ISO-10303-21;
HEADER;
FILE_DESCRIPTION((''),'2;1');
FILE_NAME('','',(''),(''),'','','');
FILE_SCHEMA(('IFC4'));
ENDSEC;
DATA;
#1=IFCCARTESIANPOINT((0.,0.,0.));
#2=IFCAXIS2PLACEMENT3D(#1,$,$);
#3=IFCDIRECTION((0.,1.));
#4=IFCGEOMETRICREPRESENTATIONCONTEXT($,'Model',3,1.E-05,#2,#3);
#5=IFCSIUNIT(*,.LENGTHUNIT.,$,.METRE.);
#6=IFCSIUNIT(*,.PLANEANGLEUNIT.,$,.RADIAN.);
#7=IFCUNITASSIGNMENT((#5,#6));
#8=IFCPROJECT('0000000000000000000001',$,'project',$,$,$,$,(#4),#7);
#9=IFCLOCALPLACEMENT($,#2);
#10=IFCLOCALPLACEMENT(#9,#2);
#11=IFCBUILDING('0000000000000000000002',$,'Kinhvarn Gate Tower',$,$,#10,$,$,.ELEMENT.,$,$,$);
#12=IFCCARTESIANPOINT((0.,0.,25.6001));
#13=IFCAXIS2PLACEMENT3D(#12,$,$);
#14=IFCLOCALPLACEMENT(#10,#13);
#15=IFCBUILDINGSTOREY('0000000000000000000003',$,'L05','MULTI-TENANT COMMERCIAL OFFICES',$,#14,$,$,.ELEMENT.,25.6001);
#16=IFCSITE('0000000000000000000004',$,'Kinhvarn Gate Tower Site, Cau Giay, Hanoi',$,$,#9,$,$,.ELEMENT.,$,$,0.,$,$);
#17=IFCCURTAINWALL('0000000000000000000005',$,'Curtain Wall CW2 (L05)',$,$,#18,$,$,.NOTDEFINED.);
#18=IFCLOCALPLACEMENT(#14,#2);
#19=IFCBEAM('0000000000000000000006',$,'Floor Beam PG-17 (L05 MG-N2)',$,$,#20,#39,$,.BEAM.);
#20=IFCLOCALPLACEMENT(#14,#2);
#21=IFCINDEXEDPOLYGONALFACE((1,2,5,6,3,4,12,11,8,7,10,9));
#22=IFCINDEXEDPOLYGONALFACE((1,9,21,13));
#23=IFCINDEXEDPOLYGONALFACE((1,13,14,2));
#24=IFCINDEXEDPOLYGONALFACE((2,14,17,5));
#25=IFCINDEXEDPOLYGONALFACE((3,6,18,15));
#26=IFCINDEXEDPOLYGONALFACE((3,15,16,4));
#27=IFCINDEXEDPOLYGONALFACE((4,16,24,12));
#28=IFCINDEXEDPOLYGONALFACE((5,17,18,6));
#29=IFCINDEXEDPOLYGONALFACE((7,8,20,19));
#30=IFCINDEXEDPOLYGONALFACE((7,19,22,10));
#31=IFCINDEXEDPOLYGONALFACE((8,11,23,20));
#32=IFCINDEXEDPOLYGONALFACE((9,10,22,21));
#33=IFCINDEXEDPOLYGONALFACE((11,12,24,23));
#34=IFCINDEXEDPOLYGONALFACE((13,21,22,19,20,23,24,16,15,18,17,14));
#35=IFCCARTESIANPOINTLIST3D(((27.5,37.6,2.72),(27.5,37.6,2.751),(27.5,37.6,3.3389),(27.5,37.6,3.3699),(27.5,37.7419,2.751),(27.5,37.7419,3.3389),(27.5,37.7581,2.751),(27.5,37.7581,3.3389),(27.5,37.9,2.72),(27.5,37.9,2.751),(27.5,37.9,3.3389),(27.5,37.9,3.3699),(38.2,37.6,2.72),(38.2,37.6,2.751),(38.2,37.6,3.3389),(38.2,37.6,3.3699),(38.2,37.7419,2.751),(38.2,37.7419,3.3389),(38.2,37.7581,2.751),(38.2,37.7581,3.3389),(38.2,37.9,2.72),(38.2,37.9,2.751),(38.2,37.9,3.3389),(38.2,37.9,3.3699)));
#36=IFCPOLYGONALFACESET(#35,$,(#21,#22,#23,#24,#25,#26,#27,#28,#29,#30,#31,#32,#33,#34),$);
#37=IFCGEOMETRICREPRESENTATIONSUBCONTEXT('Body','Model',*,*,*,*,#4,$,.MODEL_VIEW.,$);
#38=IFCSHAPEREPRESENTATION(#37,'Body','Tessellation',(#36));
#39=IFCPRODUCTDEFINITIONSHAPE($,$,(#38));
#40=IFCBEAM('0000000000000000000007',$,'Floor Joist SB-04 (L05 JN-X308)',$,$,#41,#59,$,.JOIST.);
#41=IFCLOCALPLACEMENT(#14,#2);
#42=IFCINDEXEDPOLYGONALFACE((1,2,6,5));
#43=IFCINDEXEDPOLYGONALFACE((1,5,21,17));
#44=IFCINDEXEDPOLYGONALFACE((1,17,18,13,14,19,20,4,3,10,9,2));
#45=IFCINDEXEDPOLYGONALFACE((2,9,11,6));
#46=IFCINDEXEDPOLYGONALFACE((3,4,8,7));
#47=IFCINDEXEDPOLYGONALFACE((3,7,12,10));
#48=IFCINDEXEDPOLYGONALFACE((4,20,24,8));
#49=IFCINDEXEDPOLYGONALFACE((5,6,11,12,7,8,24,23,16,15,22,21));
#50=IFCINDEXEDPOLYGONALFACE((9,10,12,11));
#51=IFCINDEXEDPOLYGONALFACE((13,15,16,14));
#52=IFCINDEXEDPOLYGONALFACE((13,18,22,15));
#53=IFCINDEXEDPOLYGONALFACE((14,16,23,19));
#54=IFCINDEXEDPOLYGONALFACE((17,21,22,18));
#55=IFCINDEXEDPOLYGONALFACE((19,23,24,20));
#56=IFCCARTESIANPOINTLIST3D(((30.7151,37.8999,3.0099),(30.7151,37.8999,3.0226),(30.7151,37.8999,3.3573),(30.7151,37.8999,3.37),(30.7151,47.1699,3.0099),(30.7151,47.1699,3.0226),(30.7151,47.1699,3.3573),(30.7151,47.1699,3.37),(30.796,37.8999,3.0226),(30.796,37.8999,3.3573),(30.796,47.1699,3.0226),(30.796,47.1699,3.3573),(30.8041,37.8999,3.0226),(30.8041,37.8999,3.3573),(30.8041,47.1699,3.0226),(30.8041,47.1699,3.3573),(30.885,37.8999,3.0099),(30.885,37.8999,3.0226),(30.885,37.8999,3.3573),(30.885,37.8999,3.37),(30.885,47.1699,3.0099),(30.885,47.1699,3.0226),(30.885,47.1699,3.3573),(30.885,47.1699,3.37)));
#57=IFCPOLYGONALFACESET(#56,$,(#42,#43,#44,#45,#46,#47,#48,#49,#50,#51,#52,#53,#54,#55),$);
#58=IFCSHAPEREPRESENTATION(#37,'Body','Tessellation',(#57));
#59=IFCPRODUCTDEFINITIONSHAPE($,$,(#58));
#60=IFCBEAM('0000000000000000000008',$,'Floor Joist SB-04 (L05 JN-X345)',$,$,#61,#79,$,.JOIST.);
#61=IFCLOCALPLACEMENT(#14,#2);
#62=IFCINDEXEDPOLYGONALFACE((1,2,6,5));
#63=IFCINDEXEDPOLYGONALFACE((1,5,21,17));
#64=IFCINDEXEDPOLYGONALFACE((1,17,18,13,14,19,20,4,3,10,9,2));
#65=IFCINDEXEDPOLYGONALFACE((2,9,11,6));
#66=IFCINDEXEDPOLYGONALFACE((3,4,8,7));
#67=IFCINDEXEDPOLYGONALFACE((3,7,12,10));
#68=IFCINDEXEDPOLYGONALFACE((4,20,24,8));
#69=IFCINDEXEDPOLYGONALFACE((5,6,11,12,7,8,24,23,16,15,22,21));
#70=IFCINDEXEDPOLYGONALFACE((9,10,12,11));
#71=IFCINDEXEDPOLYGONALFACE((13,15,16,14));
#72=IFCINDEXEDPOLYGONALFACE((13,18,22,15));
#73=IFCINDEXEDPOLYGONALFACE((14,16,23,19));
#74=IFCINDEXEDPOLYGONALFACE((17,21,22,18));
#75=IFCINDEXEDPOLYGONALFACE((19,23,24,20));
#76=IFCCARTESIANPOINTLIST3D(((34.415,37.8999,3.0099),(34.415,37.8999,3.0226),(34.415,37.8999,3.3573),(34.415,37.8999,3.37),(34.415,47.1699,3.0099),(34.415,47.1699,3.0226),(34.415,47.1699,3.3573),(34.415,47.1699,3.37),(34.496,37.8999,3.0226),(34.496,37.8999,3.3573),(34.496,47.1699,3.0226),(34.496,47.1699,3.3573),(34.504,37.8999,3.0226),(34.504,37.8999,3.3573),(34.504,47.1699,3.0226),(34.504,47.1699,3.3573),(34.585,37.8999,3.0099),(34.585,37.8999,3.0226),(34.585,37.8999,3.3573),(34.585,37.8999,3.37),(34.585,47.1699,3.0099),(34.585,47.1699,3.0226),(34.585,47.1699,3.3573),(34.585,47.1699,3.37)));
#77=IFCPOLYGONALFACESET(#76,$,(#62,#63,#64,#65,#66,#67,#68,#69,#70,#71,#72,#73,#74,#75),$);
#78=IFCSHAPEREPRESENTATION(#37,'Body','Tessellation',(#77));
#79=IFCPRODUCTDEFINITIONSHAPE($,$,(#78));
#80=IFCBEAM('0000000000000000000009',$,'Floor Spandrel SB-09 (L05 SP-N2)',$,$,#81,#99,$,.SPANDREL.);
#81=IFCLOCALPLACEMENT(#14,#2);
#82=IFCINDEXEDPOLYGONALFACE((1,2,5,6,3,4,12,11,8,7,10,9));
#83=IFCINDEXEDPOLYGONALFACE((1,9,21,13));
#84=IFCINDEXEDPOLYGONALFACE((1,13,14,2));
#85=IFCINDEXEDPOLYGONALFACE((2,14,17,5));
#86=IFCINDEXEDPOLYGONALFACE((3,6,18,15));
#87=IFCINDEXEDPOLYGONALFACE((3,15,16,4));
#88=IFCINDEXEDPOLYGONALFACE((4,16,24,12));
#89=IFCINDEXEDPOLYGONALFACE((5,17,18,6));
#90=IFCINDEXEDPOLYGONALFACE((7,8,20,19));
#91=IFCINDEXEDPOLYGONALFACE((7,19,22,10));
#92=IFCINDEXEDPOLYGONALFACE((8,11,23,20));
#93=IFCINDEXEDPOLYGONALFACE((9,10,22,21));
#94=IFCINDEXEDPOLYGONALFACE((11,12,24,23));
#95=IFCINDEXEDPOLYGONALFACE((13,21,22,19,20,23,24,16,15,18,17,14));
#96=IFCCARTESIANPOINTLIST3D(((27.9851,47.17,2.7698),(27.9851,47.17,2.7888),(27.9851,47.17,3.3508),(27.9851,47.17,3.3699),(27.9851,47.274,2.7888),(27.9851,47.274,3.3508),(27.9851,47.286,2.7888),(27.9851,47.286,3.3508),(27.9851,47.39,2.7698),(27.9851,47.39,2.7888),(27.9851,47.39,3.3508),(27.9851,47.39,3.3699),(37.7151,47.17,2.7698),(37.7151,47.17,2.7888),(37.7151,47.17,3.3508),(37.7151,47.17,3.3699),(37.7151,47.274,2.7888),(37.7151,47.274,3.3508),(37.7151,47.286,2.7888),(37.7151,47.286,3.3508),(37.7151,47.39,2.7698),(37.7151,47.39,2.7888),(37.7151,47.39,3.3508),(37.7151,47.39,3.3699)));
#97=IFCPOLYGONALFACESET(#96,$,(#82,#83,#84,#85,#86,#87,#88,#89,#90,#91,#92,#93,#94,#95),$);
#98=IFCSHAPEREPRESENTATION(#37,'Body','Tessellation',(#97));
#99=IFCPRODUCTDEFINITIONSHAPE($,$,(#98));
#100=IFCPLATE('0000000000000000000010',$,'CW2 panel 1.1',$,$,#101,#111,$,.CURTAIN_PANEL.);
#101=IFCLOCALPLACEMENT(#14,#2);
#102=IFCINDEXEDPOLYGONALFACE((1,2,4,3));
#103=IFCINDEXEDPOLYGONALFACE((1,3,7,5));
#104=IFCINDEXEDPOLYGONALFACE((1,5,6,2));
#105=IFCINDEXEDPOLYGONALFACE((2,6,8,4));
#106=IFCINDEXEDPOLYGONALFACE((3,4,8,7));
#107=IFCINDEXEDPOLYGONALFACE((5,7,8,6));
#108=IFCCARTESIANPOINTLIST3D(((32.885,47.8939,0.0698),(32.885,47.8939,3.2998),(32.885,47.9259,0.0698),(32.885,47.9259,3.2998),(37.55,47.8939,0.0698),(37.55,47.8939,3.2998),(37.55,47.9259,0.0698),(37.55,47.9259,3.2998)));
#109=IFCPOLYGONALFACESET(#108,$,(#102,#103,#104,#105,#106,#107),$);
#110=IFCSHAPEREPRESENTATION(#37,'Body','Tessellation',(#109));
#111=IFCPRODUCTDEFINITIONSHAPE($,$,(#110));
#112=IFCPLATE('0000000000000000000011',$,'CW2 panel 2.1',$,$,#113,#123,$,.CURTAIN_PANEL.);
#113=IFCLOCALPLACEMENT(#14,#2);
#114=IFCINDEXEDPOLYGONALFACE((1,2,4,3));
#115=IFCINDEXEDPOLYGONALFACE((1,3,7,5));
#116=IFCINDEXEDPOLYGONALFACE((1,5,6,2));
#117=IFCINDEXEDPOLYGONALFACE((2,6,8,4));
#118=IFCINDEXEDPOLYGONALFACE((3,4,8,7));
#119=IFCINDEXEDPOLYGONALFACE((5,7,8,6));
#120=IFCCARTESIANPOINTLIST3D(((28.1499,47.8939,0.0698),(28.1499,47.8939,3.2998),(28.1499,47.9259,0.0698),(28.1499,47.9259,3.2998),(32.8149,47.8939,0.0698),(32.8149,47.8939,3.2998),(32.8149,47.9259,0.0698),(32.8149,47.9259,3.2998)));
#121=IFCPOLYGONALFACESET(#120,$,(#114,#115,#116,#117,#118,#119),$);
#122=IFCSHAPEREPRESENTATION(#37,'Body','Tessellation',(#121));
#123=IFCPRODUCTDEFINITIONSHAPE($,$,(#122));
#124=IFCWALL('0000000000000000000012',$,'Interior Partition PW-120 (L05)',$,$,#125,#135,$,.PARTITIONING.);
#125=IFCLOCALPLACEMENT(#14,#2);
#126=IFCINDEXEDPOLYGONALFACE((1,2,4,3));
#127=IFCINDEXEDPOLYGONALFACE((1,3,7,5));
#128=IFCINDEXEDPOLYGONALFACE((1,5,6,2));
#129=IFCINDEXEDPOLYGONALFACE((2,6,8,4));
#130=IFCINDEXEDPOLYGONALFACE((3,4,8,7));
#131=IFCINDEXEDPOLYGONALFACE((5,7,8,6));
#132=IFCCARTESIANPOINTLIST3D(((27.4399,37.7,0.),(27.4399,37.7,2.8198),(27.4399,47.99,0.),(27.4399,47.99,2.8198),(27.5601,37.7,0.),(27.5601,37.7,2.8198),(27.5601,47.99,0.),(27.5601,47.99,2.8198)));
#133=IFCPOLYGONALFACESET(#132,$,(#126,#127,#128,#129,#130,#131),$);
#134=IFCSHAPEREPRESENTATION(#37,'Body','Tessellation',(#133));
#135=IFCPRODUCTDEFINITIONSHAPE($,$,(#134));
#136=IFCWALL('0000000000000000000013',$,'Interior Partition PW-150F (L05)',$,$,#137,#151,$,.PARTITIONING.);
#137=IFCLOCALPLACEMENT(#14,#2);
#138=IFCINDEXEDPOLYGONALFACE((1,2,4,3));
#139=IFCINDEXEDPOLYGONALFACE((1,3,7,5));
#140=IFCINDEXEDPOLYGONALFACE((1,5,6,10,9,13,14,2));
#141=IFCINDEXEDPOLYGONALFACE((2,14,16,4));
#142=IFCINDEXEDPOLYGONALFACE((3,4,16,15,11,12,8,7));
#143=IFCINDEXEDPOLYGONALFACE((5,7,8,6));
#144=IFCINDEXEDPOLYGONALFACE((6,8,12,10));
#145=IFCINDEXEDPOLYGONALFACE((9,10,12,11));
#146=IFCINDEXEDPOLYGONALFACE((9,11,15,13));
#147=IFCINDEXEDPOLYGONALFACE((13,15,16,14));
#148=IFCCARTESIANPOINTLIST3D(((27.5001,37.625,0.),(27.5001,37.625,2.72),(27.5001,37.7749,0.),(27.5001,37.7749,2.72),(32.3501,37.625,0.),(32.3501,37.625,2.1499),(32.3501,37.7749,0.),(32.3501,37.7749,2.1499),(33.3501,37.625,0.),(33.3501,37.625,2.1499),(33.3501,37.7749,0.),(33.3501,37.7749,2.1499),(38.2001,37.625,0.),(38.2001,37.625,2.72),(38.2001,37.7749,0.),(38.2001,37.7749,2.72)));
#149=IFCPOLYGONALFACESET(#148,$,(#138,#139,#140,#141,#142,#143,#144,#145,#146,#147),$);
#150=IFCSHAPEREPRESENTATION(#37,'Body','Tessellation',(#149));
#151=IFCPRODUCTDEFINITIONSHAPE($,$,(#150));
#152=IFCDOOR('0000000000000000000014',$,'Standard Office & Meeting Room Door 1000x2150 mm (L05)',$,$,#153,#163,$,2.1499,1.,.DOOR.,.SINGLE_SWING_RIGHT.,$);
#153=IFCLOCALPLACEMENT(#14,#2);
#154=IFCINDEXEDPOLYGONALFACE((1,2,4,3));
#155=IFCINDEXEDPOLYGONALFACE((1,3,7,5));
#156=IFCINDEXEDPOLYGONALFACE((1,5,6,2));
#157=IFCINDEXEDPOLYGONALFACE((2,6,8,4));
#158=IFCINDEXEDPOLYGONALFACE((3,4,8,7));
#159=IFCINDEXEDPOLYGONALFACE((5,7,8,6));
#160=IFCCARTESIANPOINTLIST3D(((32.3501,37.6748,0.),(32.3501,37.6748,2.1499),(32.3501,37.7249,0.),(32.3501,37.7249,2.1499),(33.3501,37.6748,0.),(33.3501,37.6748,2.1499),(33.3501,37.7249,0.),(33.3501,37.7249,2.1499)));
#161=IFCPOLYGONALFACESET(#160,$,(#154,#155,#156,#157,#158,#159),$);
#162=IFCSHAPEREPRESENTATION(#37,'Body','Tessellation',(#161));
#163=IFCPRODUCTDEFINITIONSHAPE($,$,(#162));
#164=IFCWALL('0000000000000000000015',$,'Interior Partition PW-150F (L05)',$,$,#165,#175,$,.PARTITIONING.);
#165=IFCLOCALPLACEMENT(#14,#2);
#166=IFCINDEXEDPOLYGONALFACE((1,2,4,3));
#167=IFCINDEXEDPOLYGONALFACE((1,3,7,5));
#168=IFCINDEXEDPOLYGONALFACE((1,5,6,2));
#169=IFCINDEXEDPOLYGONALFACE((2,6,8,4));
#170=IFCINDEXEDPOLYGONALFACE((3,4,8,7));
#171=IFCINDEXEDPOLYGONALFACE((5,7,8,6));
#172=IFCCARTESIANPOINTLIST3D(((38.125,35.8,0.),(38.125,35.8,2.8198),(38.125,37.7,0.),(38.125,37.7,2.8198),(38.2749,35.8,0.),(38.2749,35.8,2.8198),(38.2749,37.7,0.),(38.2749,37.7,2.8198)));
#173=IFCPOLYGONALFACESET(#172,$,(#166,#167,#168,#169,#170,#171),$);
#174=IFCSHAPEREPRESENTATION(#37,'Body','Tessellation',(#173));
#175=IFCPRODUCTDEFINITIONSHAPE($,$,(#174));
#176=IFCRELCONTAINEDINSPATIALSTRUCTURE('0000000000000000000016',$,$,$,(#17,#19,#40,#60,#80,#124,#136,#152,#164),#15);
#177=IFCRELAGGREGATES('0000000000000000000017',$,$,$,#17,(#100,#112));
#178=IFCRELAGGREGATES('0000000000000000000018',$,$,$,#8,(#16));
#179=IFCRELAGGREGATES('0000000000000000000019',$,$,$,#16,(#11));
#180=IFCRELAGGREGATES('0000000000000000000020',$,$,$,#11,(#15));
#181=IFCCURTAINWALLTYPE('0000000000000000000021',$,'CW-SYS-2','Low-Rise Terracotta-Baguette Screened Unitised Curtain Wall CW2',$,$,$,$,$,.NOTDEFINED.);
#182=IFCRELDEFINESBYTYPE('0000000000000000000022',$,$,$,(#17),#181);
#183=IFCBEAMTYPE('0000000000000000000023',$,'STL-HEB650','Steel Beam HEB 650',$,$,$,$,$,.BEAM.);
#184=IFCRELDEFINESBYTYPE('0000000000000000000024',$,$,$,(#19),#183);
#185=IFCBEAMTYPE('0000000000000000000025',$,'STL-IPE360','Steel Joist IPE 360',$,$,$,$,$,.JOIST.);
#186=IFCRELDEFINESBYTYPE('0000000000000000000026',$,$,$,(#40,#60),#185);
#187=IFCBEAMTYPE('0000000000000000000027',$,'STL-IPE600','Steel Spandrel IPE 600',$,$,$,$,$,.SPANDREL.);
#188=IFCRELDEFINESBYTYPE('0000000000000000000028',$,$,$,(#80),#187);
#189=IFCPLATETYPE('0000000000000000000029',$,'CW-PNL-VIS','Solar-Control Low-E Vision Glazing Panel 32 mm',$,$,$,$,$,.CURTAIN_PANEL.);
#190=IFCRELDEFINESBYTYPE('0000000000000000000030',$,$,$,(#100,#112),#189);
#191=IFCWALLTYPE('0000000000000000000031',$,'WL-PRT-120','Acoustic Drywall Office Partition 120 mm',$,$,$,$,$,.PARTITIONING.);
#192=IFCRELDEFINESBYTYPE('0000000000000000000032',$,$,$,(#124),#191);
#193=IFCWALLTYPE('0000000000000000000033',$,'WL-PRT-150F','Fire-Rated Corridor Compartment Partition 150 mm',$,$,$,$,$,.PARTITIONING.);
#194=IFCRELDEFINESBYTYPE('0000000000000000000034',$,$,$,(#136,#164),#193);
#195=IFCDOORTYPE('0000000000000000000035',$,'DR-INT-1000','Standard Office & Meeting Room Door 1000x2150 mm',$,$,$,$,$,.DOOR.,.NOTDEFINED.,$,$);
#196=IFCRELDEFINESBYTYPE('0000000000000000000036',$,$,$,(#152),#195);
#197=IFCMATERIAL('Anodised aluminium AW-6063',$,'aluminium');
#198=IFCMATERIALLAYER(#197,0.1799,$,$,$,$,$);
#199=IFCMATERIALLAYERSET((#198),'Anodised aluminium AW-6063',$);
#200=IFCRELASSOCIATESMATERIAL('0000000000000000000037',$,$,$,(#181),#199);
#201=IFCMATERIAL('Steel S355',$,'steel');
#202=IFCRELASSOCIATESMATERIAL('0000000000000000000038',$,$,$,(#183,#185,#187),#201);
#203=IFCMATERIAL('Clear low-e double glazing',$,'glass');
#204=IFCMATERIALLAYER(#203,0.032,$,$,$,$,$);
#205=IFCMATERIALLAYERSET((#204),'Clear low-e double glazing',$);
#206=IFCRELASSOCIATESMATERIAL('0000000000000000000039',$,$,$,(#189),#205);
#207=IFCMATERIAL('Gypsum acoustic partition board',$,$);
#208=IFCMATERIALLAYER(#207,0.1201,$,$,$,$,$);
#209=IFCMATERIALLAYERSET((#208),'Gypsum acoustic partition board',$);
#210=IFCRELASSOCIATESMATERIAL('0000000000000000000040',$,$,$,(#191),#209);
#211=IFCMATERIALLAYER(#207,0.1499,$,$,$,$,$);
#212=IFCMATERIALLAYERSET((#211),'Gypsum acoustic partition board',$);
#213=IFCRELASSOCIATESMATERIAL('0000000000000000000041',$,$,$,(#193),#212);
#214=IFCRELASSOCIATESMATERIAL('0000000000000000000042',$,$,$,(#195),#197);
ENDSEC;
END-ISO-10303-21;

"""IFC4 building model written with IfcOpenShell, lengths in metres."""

from ifc_helpers import new_model, si_unit, direction, frame, frame_2d, origin, origin_2d, place, context, subcontext, project, spatial, rectangle, i_section, extrude, material, layer, layer_set, material_profile, profile_set, type_object, element, fill, aggregate, save


model = new_model("IFC4")

# Units and contexts
model_context = context("Model", 3, precision=1e-05, world=origin(), true_north=direction((0.0, 1.0)))
body_context = subcontext(model_context, "Body", "Model", "MODEL_VIEW")
ifc_project = project(units=[si_unit("LENGTHUNIT", "METRE"), si_unit("PLANEANGLEUNIT", "RADIAN")], contexts=[model_context])

# Site, building, storey
site_placement = place(None, origin())
site = spatial("IfcSite", under=ifc_project, at=site_placement, Name="Kinhvarn Gate Tower Site, Cau Giay, Hanoi", CompositionType="ELEMENT", RefElevation=0.0)
building_placement = place(site_placement, origin())
building = spatial("IfcBuilding", under=site, at=building_placement, Name="Kinhvarn Gate Tower", CompositionType="ELEMENT")
storey_placement = place(building_placement, frame((0.0, 0.0, 25.6001)))
storey = spatial("IfcBuildingStorey", under=building, at=storey_placement, Name="L05", Description="MULTI-TENANT COMMERCIAL OFFICES", CompositionType="ELEMENT", Elevation=25.6001)

# Curtain wall
ifc_material_1 = material(Name="Anodised aluminium AW-6063", Category="aluminium")
ifc_layer_1 = layer(ifc_material_1, 0.1799)
ifc_layer_set_1 = layer_set([ifc_layer_1], Name="Anodised aluminium AW-6063")
curtain_wall_type = type_object("IfcCurtainWallType", Name="CW-SYS-2", Description="Low-Rise Terracotta-Baguette Screened Unitised Curtain Wall CW2", PredefinedType="NOTDEFINED", material=ifc_layer_set_1)
curtain_wall_1_placement = place(storey_placement, origin())
curtain_wall_1 = element("IfcCurtainWall", 1, at=curtain_wall_1_placement, inside=storey, type_object=curtain_wall_type, Name="Curtain Wall CW2 (L05)", PredefinedType="NOTDEFINED")

# Beams
ifc_material_2 = material(Name="Steel S355", Category="steel")
ifc_material_profile_1 = material_profile(ifc_material_2, i_section(OverallWidth=0.3, OverallDepth=0.6499, WebThickness=0.0161, FlangeThickness=0.031, at=origin_2d()), Name="HEB 650")
ifc_profile_set_1 = profile_set([ifc_material_profile_1], Name="Steel S355")
beam_type_1 = type_object("IfcBeamType", Name="STL-HEB650", Description="Steel Beam HEB 650", PredefinedType="BEAM", material=ifc_profile_set_1)
beam_1_placement = place(storey_placement, frame((27.5, 37.75, 3.0449), z_axis=(1.0, 0.0, 0.0), x_axis=(0.0, 1.0, 0.0)))
element("IfcBeam", 2, at=beam_1_placement, inside=storey, type_object=beam_type_1, Name="Floor Beam PG-17 (L05 MG-N2)", PredefinedType="BEAM", context=body_context, shape_type="SweptSolid", body=[
    extrude(i_section(OverallWidth=0.3, OverallDepth=0.6499, WebThickness=0.0161, FlangeThickness=0.031, at=origin_2d()), origin(), (0.0, 0.0, 1.0), 10.7),
])
ifc_material_profile_2 = material_profile(ifc_material_2, i_section(OverallWidth=0.1699, OverallDepth=0.3601, WebThickness=0.0081, FlangeThickness=0.0127, at=origin_2d()), Name="IPE 360")
ifc_profile_set_2 = profile_set([ifc_material_profile_2], Name="Steel S355")
beam_type_2 = type_object("IfcBeamType", Name="STL-IPE360", Description="Steel Joist IPE 360", PredefinedType="JOIST", material=ifc_profile_set_2)
for number, where, z_axis, x_axis, name in (
    (3, (30.8, 37.8999, 3.1899), (0.0, 1.0, 0.0), (-1.0, 0.0, 0.0), "Floor Joist SB-04 (L05 JN-X308)"),
    (4, (34.5, 37.8999, 3.1899), (0.0, 1.0, 0.0), (-1.0, 0.0, 0.0), "Floor Joist SB-04 (L05 JN-X345)"),
):
    element("IfcBeam", number, at=place(storey_placement, frame(where, z_axis=z_axis, x_axis=x_axis)), inside=storey, type_object=beam_type_2, Name=name, PredefinedType="JOIST", context=body_context, shape_type="SweptSolid", body=[
        extrude(i_section(OverallWidth=0.1699, OverallDepth=0.3601, WebThickness=0.0081, FlangeThickness=0.0127, at=origin_2d()), origin(), (0.0, 0.0, 1.0), 9.27),
    ])
ifc_material_profile_3 = material_profile(ifc_material_2, i_section(OverallWidth=0.22, OverallDepth=0.6001, WebThickness=0.012, FlangeThickness=0.019, at=origin_2d()), Name="IPE 600")
ifc_profile_set_3 = profile_set([ifc_material_profile_3], Name="Steel S355")
beam_type_3 = type_object("IfcBeamType", Name="STL-IPE600", Description="Steel Spandrel IPE 600", PredefinedType="SPANDREL", material=ifc_profile_set_3)
beam_2_placement = place(storey_placement, frame((27.9851, 47.28, 3.0698), z_axis=(1.0, 0.0, 0.0), x_axis=(0.0, 1.0, 0.0)))
element("IfcBeam", 5, at=beam_2_placement, inside=storey, type_object=beam_type_3, Name="Floor Spandrel SB-09 (L05 SP-N2)", PredefinedType="SPANDREL", context=body_context, shape_type="SweptSolid", body=[
    extrude(i_section(OverallWidth=0.22, OverallDepth=0.6001, WebThickness=0.012, FlangeThickness=0.019, at=origin_2d()), origin(), (0.0, 0.0, 1.0), 9.73),
])

# Plates
ifc_material_3 = material(Name="Clear low-e double glazing", Category="glass")
ifc_layer_2 = layer(ifc_material_3, 0.032)
ifc_layer_set_2 = layer_set([ifc_layer_2], Name="Clear low-e double glazing")
plate_type = type_object("IfcPlateType", Name="CW-PNL-VIS", Description="Solar-Control Low-E Vision Glazing Panel 32 mm", PredefinedType="CURTAIN_PANEL", material=ifc_layer_set_2)
plate_1_placement = place(storey_placement, frame((35.2175, 47.9099, 0.0698), z_axis=(0.0, 0.0, 1.0), x_axis=(-1.0, 0.0, 0.0)))
plate_1 = element("IfcPlate", 6, at=plate_1_placement, type_object=plate_type, Name="CW2 panel 1.1", PredefinedType="CURTAIN_PANEL", context=body_context, shape_type="SweptSolid", body=[
    extrude(rectangle(XDim=4.665, YDim=0.032, at=origin_2d()), origin(), (0.0, 0.0, 1.0), 3.23),
])
plate_2_placement = place(storey_placement, frame((30.4824, 47.9099, 0.0698), z_axis=(0.0, 0.0, 1.0), x_axis=(-1.0, 0.0, 0.0)))
plate_2 = element("IfcPlate", 7, at=plate_2_placement, type_object=plate_type, Name="CW2 panel 2.1", PredefinedType="CURTAIN_PANEL", context=body_context, shape_type="SweptSolid", body=[
    extrude(rectangle(XDim=4.665, YDim=0.032, at=origin_2d()), origin(), (0.0, 0.0, 1.0), 3.23),
])
aggregate(curtain_wall_1, [plate_1, plate_2])

# Wall
ifc_material_4 = material(Name="Gypsum acoustic partition board")
ifc_layer_3 = layer(ifc_material_4, 0.1201)
ifc_layer_set_3 = layer_set([ifc_layer_3], Name="Gypsum acoustic partition board")
wall_type_1 = type_object("IfcWallType", Name="WL-PRT-120", Description="Acoustic Drywall Office Partition 120 mm", PredefinedType="PARTITIONING", material=ifc_layer_set_3)
wall_1_placement = place(storey_placement, frame((27.5, 37.7, 0.0), z_axis=(0.0, 0.0, 1.0), x_axis=(0.0, 1.0, 0.0)))
element("IfcWall", 8, at=wall_1_placement, inside=storey, type_object=wall_type_1, Name="Interior Partition PW-120 (L05)", PredefinedType="PARTITIONING", context=body_context, shape_type="SweptSolid", body=[
    extrude(rectangle(XDim=10.29, YDim=0.1201, at=frame_2d((5.145, 0.0))), origin(), (0.0, 0.0, 1.0), 2.8198),
])

# Wall, opening, door
ifc_layer_4 = layer(ifc_material_4, 0.1499)
ifc_layer_set_4 = layer_set([ifc_layer_4], Name="Gypsum acoustic partition board")
wall_type_2 = type_object("IfcWallType", Name="WL-PRT-150F", Description="Fire-Rated Corridor Compartment Partition 150 mm", PredefinedType="PARTITIONING", material=ifc_layer_set_4)
wall_2_placement = place(storey_placement, frame((27.5, 37.7, 0.0), z_axis=(0.0, 0.0, 1.0), x_axis=(1.0, 0.0, 0.0)))
wall_2 = element("IfcWall", 9, at=wall_2_placement, inside=storey, type_object=wall_type_2, Name="Interior Partition PW-150F (L05)", PredefinedType="PARTITIONING", context=body_context, shape_type="SweptSolid", body=[
    extrude(rectangle(XDim=10.7, YDim=0.1499, at=frame_2d((5.3501, 0.0))), origin(), (0.0, 0.0, 1.0), 2.72),
])
opening_placement = place(wall_2_placement, frame((4.8501, 0.0, 0.0)))
opening = element("IfcOpeningElement", 10, at=opening_placement, cuts=wall_2, PredefinedType="OPENING", context=body_context, shape_type="SweptSolid", body=[
    extrude(rectangle(XDim=1.0, YDim=2.1499, at=frame_2d((0.5, 1.075))), frame((0.0, 0.085, 0.0), z_axis=(0.0, -1.0, 0.0), x_axis=(1.0, 0.0, 0.0)), (0.0, 0.0, 1.0), 0.1699),
])
door_type = type_object("IfcDoorType", Name="DR-INT-1000", Description="Standard Office & Meeting Room Door 1000x2150 mm", OperationType="NOTDEFINED", PredefinedType="DOOR", material=ifc_material_1)
door_placement = place(opening_placement, origin())
door = element("IfcDoor", 11, at=door_placement, inside=storey, type_object=door_type, Name="Standard Office & Meeting Room Door 1000x2150 mm (L05)", OperationType="SINGLE_SWING_RIGHT", OverallHeight=2.1499, OverallWidth=1.0, PredefinedType="DOOR", context=body_context, shape_type="SweptSolid", body=[
    extrude(rectangle(XDim=1.0, YDim=2.1499, at=frame_2d((0.5, 1.075))), frame((0.0, 0.0249, 0.0), z_axis=(0.0, -1.0, 0.0), x_axis=(1.0, 0.0, 0.0)), (0.0, 0.0, 1.0), 0.05),
])
fill(opening, door)

# Wall
wall_3_placement = place(storey_placement, frame((38.2, 35.8, 0.0), z_axis=(0.0, 0.0, 1.0), x_axis=(0.0, 1.0, 0.0)))
element("IfcWall", 12, at=wall_3_placement, inside=storey, type_object=wall_type_2, Name="Interior Partition PW-150F (L05)", PredefinedType="PARTITIONING", context=body_context, shape_type="SweptSolid", body=[
    extrude(rectangle(XDim=1.8999, YDim=0.1499, at=frame_2d((0.95, 0.0))), origin(), (0.0, 0.0, 1.0), 2.8198),
])

save(model, "model.ifc")
